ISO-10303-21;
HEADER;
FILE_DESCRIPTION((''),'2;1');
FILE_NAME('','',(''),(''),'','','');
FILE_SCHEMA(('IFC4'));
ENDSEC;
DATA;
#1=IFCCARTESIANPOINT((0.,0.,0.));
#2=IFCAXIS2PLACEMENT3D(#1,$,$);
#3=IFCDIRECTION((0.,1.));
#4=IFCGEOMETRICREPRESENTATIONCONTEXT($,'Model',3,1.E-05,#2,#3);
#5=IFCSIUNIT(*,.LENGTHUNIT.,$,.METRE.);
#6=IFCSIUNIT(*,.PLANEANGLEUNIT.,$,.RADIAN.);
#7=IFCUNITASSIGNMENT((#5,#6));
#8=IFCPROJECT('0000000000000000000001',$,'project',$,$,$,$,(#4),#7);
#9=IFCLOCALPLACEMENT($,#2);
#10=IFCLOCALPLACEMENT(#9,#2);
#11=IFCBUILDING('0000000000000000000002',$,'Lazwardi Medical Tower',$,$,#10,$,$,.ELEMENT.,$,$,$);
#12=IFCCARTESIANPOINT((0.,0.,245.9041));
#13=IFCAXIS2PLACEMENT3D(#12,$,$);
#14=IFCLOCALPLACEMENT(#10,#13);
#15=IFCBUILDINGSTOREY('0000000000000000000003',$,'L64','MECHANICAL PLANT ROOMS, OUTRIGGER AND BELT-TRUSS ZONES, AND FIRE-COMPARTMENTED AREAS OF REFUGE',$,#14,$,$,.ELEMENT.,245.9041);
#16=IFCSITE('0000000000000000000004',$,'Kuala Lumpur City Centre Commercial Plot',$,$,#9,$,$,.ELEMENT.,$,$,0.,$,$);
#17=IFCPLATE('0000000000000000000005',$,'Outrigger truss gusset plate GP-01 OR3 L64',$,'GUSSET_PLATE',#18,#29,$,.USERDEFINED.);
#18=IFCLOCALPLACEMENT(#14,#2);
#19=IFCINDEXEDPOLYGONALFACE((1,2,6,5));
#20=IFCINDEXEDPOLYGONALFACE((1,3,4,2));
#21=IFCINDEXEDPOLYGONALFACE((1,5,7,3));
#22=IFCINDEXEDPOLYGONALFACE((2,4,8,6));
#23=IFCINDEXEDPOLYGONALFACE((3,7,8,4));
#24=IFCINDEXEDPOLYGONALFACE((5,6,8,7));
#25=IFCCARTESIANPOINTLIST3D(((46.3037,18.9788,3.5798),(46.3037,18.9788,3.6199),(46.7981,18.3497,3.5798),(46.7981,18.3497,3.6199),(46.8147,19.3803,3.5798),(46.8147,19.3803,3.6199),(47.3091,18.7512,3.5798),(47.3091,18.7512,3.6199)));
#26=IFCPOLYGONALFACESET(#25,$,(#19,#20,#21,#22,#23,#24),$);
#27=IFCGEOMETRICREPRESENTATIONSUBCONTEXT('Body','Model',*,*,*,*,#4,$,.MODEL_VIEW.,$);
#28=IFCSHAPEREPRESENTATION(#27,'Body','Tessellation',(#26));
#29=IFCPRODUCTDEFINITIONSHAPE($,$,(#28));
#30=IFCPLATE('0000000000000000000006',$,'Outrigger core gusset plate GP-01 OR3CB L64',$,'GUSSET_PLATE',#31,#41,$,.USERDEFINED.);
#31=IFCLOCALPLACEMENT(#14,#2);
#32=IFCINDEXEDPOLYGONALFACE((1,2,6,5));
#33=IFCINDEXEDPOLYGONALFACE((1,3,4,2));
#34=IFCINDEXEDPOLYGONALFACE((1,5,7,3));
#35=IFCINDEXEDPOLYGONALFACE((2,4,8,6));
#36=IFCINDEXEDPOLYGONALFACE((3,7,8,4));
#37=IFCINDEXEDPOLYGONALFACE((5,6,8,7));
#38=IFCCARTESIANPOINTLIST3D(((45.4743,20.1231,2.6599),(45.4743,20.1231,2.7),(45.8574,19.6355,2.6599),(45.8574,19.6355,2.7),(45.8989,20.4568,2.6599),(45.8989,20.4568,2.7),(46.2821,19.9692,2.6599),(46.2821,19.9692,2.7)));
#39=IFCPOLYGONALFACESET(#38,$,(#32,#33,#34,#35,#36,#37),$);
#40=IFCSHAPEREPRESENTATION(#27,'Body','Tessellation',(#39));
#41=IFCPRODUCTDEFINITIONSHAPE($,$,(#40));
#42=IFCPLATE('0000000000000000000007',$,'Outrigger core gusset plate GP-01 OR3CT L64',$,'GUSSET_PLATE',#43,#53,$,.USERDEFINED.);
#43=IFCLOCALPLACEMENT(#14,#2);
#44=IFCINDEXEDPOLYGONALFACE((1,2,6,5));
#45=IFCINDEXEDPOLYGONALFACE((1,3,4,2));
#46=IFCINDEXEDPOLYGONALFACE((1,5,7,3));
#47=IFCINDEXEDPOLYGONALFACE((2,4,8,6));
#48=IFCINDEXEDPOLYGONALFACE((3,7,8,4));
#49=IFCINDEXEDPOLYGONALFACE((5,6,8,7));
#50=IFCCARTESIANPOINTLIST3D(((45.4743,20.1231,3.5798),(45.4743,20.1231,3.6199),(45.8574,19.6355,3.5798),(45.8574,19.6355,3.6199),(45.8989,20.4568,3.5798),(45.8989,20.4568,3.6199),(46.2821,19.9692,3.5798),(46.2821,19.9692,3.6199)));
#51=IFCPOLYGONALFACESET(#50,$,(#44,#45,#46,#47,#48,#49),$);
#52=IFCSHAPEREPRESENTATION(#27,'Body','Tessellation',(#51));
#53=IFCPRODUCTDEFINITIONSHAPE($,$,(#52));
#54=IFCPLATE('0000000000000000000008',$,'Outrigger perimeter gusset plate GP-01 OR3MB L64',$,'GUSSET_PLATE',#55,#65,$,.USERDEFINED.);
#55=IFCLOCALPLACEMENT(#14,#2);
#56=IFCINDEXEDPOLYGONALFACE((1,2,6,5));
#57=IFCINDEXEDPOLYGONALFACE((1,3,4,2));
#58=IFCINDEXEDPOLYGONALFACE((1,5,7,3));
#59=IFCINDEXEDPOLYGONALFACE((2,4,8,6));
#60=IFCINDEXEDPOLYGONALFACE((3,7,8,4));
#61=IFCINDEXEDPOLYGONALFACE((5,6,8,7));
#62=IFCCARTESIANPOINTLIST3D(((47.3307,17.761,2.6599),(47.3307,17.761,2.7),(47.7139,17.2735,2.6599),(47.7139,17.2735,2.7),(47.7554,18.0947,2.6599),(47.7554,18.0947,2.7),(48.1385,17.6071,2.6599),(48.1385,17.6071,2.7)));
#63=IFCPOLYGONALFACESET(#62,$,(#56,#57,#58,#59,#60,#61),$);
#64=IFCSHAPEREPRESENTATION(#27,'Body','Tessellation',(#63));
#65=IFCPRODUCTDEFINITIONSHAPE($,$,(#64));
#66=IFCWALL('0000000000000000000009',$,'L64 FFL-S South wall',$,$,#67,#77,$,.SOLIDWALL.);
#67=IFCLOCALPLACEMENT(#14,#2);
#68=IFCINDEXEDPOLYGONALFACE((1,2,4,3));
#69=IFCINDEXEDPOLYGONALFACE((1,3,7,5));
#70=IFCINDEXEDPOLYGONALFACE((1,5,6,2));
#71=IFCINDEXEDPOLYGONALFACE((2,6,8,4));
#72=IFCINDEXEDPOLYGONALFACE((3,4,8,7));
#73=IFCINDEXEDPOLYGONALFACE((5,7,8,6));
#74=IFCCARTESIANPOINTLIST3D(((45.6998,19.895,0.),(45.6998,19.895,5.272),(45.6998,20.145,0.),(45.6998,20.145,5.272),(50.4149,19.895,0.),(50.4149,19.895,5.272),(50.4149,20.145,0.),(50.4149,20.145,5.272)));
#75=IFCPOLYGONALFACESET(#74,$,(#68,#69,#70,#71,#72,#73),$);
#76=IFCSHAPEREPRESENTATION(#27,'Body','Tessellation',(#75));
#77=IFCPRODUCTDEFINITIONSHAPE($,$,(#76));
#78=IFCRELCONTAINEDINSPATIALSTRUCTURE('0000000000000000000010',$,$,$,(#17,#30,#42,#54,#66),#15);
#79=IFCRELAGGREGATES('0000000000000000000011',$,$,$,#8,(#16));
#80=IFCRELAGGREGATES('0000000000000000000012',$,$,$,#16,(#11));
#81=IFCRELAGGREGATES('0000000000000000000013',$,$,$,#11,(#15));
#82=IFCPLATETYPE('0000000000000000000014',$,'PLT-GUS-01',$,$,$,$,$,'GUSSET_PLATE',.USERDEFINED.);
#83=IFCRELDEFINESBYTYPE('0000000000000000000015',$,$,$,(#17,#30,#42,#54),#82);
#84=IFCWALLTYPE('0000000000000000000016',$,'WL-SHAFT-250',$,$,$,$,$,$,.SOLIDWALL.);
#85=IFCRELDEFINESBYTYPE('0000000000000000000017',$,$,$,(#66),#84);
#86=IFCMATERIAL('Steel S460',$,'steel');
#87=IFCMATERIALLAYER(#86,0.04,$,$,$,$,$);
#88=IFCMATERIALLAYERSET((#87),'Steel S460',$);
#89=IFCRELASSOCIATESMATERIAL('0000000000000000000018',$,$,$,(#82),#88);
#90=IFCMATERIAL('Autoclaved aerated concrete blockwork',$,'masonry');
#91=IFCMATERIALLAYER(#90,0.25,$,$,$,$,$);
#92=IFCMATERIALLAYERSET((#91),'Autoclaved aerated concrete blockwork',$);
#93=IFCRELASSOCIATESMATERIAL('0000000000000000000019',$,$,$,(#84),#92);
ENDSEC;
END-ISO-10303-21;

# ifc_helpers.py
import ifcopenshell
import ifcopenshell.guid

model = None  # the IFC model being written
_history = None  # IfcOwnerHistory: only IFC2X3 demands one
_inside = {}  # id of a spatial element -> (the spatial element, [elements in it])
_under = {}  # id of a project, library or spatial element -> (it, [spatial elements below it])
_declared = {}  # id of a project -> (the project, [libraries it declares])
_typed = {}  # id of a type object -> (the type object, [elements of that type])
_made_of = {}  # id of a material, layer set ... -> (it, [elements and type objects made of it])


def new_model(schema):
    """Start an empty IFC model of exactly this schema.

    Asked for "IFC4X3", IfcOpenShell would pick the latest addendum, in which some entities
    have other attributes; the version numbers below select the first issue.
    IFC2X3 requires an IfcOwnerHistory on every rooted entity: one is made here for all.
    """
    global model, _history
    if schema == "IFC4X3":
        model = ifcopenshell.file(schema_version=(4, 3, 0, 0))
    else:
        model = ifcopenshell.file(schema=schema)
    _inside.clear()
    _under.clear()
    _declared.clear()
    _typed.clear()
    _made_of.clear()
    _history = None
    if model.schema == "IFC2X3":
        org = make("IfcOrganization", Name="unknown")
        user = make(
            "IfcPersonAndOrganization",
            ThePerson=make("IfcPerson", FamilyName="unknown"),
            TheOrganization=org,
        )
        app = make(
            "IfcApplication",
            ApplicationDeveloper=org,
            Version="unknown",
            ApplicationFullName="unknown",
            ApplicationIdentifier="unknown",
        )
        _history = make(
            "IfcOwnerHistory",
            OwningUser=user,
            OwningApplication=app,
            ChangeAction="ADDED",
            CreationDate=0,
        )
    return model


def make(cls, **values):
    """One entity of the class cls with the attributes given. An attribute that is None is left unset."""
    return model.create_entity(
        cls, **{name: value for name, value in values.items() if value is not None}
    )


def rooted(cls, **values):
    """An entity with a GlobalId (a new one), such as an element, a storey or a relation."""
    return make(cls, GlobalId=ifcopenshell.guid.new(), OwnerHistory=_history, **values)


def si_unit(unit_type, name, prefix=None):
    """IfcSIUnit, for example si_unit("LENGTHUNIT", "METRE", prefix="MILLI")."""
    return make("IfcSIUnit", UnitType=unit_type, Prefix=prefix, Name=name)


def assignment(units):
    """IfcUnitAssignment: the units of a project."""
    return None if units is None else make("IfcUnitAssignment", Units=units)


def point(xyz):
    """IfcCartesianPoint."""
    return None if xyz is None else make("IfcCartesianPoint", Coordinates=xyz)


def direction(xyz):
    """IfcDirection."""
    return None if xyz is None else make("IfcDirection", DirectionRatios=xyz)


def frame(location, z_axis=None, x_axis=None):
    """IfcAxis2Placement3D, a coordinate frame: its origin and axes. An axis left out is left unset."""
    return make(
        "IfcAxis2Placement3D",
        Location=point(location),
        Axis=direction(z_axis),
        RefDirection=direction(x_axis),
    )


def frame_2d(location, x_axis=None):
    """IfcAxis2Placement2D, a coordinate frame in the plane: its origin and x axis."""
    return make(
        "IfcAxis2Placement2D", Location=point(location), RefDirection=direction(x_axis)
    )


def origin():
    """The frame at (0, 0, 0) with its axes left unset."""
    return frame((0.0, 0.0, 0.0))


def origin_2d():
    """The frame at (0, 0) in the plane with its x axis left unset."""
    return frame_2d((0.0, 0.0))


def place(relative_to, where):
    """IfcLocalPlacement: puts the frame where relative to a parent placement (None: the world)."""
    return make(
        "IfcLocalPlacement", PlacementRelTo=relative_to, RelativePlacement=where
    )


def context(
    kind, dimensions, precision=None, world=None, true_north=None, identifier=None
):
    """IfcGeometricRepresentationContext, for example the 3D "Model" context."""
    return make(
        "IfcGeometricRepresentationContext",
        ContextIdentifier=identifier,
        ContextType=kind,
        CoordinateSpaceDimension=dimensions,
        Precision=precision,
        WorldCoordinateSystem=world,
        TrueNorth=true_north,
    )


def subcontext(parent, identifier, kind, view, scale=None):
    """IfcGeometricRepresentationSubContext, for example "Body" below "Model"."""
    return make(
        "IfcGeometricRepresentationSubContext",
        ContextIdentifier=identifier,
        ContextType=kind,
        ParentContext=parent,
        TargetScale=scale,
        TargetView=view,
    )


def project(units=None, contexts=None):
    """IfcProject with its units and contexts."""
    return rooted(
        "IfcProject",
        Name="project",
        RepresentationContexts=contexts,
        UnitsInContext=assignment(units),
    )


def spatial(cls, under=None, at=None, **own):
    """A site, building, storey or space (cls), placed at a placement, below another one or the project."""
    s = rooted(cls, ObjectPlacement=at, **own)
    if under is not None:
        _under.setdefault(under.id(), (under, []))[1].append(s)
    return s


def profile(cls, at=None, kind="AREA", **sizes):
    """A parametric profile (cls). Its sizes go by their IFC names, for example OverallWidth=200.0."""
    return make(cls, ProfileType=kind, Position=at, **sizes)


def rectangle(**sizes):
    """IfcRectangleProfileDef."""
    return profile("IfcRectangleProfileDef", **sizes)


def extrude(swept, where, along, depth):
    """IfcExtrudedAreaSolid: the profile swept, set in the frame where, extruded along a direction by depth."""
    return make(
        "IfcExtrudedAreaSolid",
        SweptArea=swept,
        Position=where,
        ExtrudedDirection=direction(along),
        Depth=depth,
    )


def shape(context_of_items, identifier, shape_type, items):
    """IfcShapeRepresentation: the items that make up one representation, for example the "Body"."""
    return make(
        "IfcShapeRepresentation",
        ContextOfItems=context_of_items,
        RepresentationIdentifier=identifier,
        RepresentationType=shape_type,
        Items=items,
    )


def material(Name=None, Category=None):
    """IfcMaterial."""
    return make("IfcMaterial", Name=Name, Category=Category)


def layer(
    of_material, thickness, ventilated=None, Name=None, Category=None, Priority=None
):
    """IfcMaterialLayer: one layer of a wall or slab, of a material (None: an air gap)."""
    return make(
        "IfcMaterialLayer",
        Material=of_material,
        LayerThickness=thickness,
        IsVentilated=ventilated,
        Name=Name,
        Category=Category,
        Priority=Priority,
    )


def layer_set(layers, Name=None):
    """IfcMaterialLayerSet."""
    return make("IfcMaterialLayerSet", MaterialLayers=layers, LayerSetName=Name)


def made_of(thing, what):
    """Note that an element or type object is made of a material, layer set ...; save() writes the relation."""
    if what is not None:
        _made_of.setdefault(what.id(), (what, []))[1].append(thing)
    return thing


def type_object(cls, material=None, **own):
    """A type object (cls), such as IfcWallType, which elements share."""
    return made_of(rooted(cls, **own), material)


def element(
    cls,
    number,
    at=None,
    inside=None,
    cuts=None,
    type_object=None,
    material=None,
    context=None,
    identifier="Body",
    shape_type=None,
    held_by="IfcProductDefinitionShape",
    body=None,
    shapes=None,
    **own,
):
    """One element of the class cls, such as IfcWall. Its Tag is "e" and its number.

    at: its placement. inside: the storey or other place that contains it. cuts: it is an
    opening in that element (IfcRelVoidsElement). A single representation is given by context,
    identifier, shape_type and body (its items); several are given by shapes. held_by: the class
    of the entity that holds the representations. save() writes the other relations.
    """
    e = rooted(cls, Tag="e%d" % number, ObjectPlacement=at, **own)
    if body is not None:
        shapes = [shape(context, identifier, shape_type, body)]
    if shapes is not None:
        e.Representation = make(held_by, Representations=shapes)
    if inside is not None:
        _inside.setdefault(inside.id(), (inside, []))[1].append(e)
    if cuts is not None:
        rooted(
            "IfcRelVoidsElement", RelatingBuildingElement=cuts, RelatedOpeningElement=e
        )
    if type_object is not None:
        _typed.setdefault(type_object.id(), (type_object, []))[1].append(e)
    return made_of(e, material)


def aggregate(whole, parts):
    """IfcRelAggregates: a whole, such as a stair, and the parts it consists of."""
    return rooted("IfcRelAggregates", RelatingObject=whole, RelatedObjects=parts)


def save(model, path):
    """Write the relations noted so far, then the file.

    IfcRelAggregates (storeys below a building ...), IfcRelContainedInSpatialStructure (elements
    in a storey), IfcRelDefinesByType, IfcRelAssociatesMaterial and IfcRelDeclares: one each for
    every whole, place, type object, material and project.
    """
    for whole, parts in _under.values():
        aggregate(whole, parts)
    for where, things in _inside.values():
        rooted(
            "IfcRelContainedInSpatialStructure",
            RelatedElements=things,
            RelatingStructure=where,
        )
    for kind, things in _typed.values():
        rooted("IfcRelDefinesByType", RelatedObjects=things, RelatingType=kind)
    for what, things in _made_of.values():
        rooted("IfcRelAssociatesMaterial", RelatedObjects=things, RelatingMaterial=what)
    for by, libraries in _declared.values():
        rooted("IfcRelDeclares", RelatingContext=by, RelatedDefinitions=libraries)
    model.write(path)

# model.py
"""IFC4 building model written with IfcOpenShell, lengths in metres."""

from ifc_helpers import new_model, si_unit, direction, frame, frame_2d, origin, origin_2d, place, context, subcontext, project, spatial, rectangle, extrude, material, layer, layer_set, type_object, element, save


model = new_model("IFC4")

# Units and contexts
model_context = context("Model", 3, precision=1e-05, world=origin(), true_north=direction((0.0, 1.0)))
body_context = subcontext(model_context, "Body", "Model", "MODEL_VIEW")
ifc_project = project(units=[si_unit("LENGTHUNIT", "METRE"), si_unit("PLANEANGLEUNIT", "RADIAN")], contexts=[model_context])

# Site, building, storey
site_placement = place(None, origin())
site = spatial("IfcSite", under=ifc_project, at=site_placement, Name="Kuala Lumpur City Centre Commercial Plot", CompositionType="ELEMENT", RefElevation=0.0)
building_placement = place(site_placement, origin())
building = spatial("IfcBuilding", under=site, at=building_placement, Name="Lazwardi Medical Tower", CompositionType="ELEMENT")
storey_placement = place(building_placement, frame((0.0, 0.0, 245.9041)))
storey = spatial("IfcBuildingStorey", under=building, at=storey_placement, Name="L64", Description="MECHANICAL PLANT ROOMS, OUTRIGGER AND BELT-TRUSS ZONES, AND FIRE-COMPARTMENTED AREAS OF REFUGE", CompositionType="ELEMENT", Elevation=245.9041)

# Shared definitions
ifc_material_1 = material(Name="Steel S460", Category="steel")

# Plates
ifc_layer_1 = layer(ifc_material_1, 0.04)
ifc_layer_set_1 = layer_set([ifc_layer_1], Name="Steel S460")
plate_type = type_object("IfcPlateType", Name="PLT-GUS-01", ElementType="GUSSET_PLATE", PredefinedType="USERDEFINED", material=ifc_layer_set_1)
plate_placement = place(storey_placement, frame((46.8064, 18.865, 3.5798), z_axis=(0.0, 0.0, 1.0), x_axis=(0.61786, -0.786288, 0.0)))
element("IfcPlate", 1, at=plate_placement, inside=storey, type_object=plate_type, Name="Outrigger truss gusset plate GP-01 OR3 L64", ObjectType="GUSSET_PLATE", PredefinedType="USERDEFINED", context=body_context, shape_type="SweptSolid", body=[
    extrude(rectangle(XDim=0.8, YDim=0.6499, at=origin_2d()), origin(), (0.0, 0.0, 1.0), 0.04),
])
for number, where, z_axis, x_axis, name in (
    (2, (45.8782, 20.0461, 2.6599), (0.0, 0.0, 1.0), (0.61786, -0.786288, 0.0), "Outrigger core gusset plate GP-01 OR3CB L64"),
    (3, (45.8782, 20.0461, 3.5798), (0.0, 0.0, 1.0), (0.61786, -0.786288, 0.0), "Outrigger core gusset plate GP-01 OR3CT L64"),
    (4, (47.7346, 17.6841, 2.6599), (0.0, 0.0, 1.0), (0.61786, -0.786288, 0.0), "Outrigger perimeter gusset plate GP-01 OR3MB L64"),
):
    element("IfcPlate", number, at=place(storey_placement, frame(where, z_axis=z_axis, x_axis=x_axis)), inside=storey, type_object=plate_type, Name=name, ObjectType="GUSSET_PLATE", PredefinedType="USERDEFINED", context=body_context, shape_type="SweptSolid", body=[
        extrude(rectangle(XDim=0.6201, YDim=0.54, at=origin_2d()), origin(), (0.0, 0.0, 1.0), 0.04),
    ])

# Wall
ifc_material_2 = material(Name="Autoclaved aerated concrete blockwork", Category="masonry")
ifc_layer_2 = layer(ifc_material_2, 0.25)
ifc_layer_set_2 = layer_set([ifc_layer_2], Name="Autoclaved aerated concrete blockwork")
wall_type = type_object("IfcWallType", Name="WL-SHAFT-250", PredefinedType="SOLIDWALL", material=ifc_layer_set_2)
wall_placement = place(storey_placement, frame((45.7, 20.02, 0.0), z_axis=(0.0, 0.0, 1.0), x_axis=(1.0, 0.0, 0.0)))
element("IfcWall", 5, at=wall_placement, inside=storey, type_object=wall_type, Name="L64 FFL-S South wall", PredefinedType="SOLIDWALL", context=body_context, shape_type="SweptSolid", body=[
    extrude(rectangle(XDim=4.7151, YDim=0.25, at=frame_2d((2.3574, 0.0))), origin(), (0.0, 0.0, 1.0), 5.272),
])

save(model, "model.ifc")
